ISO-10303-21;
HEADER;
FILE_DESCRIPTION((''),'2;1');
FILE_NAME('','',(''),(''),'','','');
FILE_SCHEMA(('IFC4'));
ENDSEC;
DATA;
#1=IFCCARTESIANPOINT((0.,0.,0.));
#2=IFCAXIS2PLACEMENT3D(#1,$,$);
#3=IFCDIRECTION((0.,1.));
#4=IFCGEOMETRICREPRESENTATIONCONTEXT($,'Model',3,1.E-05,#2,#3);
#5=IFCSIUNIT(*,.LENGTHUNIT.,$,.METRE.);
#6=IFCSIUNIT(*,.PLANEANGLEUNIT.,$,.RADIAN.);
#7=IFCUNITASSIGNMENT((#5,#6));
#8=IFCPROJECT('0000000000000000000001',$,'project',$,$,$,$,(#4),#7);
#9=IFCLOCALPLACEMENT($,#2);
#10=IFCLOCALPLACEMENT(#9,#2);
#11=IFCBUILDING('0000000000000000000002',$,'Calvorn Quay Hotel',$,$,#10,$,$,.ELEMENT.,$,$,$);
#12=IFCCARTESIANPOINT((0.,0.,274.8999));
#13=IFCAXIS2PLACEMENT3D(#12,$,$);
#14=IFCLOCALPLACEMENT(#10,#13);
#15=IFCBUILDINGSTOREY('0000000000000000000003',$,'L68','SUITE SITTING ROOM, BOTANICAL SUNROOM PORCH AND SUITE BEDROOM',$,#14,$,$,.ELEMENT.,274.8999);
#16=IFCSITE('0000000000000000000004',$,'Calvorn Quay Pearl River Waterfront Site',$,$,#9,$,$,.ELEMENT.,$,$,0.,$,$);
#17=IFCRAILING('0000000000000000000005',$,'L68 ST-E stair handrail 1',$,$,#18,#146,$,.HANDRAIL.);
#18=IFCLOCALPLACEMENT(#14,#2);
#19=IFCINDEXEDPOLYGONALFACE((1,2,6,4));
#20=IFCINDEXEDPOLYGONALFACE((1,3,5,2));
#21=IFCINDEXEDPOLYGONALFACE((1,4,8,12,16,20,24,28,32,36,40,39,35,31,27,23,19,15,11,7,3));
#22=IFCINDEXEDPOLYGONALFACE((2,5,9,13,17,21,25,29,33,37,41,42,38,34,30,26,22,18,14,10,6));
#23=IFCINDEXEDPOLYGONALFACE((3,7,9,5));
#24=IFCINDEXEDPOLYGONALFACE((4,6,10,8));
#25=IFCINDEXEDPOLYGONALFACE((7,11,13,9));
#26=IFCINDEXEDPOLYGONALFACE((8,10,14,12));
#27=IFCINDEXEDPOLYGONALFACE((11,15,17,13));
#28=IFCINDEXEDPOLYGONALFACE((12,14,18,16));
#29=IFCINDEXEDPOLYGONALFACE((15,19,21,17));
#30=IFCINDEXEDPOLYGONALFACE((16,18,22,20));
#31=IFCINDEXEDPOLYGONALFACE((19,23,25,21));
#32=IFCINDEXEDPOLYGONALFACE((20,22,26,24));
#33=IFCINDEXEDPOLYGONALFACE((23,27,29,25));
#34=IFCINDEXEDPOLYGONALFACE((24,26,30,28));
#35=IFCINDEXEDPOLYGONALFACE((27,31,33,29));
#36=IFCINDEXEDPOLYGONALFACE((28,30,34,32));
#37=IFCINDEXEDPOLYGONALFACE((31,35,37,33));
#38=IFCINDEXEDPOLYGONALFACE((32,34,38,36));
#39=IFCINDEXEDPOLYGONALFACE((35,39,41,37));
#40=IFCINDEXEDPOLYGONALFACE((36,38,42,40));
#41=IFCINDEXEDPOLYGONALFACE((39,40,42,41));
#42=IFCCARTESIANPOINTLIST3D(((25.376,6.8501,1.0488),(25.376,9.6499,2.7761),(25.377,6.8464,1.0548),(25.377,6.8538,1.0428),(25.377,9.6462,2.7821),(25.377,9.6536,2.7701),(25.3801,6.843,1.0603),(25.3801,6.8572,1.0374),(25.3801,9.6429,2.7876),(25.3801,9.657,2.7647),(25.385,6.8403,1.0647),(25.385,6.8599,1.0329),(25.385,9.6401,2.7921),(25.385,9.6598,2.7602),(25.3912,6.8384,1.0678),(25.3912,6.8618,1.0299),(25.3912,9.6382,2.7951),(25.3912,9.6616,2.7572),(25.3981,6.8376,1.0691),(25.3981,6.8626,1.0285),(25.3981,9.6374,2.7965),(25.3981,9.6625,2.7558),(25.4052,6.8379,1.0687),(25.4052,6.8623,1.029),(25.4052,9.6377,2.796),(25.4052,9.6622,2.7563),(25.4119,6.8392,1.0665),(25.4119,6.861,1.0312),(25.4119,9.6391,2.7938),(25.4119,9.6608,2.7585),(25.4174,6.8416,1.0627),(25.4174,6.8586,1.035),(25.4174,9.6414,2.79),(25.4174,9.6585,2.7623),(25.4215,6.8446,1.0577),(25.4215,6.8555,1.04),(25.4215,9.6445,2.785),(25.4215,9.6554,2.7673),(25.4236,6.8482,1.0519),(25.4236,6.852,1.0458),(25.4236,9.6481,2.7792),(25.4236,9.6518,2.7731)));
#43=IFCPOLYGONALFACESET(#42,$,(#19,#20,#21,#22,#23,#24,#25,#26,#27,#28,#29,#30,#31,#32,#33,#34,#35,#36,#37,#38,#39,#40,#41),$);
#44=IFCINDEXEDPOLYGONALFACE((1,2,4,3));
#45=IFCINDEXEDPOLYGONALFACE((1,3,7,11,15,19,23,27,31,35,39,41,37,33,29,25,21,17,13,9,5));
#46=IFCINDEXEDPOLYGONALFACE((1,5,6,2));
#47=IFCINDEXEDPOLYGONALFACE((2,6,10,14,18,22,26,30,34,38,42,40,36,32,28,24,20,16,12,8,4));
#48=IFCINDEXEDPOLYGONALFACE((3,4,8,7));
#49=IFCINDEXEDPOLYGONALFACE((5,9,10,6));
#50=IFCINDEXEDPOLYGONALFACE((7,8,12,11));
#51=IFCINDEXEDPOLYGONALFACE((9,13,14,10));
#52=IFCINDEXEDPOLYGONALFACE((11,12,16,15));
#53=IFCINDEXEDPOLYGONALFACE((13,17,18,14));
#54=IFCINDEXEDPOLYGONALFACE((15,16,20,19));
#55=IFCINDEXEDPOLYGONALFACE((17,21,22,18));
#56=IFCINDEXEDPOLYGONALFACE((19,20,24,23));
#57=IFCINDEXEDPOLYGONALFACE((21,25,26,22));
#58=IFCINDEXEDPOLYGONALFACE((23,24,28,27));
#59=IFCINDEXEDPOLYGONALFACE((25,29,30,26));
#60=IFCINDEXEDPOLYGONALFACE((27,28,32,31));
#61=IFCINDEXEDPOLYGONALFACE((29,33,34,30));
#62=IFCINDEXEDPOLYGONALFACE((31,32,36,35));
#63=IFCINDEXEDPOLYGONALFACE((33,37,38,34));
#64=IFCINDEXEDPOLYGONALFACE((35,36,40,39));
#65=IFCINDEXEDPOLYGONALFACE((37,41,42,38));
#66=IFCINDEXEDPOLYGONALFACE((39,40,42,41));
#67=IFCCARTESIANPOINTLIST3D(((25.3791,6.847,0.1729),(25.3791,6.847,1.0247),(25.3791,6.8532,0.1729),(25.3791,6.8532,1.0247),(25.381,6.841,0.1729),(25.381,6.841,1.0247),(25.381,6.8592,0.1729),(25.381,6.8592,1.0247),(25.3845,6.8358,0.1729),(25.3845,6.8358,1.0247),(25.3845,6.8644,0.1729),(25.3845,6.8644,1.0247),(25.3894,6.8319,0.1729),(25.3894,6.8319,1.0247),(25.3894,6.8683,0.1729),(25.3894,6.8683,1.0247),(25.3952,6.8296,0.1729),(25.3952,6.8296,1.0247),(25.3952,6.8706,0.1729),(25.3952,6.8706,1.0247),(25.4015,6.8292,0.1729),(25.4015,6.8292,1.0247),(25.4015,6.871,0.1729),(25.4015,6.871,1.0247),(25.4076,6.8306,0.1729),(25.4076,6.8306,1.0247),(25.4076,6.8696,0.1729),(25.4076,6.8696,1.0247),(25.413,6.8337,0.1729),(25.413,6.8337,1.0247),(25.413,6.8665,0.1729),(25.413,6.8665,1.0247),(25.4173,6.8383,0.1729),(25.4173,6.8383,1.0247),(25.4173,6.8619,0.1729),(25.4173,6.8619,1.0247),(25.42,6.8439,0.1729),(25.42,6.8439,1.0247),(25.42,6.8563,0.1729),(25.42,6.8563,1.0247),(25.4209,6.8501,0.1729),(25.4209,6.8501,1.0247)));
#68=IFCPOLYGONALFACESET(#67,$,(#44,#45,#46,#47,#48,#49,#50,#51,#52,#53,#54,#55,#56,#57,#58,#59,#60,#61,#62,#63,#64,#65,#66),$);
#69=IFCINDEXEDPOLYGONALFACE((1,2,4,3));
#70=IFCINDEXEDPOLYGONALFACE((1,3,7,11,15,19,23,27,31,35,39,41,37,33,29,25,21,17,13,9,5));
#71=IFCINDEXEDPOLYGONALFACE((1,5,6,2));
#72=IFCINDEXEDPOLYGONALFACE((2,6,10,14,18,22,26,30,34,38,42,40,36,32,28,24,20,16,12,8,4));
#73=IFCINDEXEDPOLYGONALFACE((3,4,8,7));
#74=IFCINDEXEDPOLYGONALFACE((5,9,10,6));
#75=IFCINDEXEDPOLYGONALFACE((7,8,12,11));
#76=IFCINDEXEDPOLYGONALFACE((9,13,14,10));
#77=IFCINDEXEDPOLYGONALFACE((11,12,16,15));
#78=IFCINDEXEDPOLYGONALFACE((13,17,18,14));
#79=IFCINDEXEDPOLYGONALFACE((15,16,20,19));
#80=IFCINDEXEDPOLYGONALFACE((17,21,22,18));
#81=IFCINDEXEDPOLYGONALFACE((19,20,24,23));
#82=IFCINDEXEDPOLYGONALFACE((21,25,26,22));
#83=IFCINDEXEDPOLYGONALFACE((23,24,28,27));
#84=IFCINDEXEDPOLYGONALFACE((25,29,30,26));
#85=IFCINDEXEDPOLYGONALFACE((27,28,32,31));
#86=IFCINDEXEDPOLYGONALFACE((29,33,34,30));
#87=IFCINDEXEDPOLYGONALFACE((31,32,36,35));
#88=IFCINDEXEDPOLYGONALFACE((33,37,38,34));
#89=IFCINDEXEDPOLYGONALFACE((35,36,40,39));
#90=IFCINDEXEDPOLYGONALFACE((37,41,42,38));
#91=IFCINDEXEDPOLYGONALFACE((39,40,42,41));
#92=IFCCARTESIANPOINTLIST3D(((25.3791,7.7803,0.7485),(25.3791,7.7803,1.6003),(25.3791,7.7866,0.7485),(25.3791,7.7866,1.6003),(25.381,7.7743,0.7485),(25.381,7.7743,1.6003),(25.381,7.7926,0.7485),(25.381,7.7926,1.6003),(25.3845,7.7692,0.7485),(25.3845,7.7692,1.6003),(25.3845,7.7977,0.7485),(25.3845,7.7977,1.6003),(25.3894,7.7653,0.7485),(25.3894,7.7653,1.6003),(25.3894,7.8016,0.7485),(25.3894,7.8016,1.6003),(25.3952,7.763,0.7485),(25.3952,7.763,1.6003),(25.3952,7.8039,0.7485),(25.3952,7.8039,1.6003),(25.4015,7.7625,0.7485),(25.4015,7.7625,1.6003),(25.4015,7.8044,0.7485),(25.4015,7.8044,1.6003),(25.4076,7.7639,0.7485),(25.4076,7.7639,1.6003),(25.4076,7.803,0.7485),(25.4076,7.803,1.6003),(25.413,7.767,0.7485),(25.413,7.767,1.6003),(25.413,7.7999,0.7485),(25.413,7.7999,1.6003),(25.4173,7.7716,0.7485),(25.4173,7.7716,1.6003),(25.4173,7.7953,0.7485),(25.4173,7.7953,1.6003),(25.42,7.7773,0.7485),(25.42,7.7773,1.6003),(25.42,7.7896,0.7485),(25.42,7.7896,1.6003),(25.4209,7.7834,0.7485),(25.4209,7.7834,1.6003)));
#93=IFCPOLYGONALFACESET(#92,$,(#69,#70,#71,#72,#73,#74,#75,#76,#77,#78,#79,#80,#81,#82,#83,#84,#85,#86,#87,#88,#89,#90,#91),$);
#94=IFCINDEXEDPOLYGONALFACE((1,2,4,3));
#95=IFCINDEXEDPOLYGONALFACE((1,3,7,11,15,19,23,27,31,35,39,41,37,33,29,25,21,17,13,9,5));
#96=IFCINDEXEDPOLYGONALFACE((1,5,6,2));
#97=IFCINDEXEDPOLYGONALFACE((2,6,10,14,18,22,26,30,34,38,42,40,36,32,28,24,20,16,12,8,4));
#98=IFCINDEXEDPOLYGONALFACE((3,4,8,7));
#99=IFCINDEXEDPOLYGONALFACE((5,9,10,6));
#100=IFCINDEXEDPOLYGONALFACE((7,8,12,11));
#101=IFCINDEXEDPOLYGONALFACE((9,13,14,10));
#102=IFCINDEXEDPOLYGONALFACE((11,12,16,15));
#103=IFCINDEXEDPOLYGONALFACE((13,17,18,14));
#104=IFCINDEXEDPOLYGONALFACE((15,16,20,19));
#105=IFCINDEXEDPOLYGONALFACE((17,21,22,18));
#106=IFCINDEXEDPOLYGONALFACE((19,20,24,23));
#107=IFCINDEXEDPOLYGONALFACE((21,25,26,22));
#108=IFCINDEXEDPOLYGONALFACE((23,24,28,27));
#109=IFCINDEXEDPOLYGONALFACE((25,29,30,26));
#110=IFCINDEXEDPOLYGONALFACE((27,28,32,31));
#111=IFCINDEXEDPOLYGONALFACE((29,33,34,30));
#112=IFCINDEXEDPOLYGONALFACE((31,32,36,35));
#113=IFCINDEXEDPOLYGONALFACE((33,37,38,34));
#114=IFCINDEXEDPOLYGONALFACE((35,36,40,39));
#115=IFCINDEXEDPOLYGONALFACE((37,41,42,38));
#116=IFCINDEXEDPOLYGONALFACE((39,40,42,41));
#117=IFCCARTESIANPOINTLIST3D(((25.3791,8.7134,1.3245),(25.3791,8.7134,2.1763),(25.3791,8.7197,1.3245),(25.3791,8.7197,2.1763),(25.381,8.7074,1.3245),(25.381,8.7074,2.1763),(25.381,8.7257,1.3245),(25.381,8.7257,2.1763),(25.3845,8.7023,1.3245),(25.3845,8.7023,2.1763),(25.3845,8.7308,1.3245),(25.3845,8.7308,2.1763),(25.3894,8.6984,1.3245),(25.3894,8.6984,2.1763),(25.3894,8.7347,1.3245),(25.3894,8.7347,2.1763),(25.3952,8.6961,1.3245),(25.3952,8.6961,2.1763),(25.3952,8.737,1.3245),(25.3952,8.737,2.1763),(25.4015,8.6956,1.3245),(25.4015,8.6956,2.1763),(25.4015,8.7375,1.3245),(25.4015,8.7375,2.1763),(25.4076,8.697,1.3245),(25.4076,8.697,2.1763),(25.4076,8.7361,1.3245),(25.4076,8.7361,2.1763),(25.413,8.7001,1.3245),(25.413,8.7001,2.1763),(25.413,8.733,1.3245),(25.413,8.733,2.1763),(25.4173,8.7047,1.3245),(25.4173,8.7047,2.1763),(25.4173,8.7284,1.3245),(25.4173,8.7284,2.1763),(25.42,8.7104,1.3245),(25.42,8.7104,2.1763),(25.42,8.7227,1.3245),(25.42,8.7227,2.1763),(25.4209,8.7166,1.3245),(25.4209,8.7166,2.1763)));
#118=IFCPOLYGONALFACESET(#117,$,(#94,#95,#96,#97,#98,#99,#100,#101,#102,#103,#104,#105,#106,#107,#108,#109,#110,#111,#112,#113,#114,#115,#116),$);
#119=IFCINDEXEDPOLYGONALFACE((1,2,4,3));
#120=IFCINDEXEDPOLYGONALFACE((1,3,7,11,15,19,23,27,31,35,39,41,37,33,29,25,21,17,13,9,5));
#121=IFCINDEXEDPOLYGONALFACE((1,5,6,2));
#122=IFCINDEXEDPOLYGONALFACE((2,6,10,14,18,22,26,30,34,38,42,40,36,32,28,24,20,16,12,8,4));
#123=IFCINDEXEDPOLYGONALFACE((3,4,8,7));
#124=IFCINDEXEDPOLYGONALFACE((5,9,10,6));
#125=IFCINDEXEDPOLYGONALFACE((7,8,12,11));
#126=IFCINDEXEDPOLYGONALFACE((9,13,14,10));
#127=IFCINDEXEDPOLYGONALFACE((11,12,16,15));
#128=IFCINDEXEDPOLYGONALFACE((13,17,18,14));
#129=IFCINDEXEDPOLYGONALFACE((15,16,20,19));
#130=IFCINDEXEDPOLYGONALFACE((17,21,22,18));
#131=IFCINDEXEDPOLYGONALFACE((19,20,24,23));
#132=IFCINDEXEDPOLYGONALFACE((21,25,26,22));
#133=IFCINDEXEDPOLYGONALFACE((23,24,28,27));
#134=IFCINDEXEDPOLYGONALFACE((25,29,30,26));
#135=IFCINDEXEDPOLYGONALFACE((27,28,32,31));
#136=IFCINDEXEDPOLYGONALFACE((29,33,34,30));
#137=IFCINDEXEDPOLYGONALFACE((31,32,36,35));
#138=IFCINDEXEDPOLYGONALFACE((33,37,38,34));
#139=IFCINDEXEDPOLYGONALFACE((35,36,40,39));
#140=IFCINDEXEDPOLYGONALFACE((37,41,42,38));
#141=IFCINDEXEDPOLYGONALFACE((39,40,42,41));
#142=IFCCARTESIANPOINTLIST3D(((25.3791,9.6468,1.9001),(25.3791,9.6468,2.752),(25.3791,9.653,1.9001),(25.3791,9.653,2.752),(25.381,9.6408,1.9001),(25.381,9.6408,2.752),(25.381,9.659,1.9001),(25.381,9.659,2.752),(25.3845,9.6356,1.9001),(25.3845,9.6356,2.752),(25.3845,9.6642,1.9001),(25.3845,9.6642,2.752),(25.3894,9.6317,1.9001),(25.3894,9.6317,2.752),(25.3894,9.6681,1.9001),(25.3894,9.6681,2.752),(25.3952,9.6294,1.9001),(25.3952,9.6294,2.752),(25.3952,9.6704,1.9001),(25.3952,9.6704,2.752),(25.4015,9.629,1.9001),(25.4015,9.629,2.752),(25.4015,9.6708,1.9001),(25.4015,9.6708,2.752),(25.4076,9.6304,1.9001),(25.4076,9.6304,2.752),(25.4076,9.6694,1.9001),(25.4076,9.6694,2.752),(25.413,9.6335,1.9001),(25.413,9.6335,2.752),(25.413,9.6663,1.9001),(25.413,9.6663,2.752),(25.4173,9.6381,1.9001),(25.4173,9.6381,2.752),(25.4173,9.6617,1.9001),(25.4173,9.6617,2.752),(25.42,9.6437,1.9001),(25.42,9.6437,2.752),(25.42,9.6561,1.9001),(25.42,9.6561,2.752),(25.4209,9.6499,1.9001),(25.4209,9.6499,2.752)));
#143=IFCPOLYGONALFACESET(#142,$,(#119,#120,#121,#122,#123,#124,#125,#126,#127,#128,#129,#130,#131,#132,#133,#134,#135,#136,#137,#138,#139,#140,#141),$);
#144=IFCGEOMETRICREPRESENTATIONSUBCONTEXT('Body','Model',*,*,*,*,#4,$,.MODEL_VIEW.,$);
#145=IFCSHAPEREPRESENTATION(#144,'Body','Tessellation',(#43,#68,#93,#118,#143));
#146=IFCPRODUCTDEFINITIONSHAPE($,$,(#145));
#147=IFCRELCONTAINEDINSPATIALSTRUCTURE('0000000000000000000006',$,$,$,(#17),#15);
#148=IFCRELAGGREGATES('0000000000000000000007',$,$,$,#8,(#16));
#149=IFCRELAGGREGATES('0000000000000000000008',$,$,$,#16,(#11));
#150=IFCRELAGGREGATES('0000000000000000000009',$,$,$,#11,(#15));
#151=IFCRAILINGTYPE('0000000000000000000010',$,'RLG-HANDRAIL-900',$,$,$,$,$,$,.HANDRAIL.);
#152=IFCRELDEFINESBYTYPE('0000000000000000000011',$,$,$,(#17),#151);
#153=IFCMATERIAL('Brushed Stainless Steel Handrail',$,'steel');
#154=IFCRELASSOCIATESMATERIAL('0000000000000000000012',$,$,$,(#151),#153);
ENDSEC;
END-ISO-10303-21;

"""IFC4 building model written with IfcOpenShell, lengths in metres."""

from ifc_helpers import new_model, si_unit, direction, frame, origin, origin_2d, place, context, subcontext, project, spatial, circle, extrude, material, type_object, element, save


model = new_model("IFC4")

# Units and contexts
model_context = context("Model", 3, precision=1e-05, world=origin(), true_north=direction((0.0, 1.0)))
body_context = subcontext(model_context, "Body", "Model", "MODEL_VIEW")
ifc_project = project(units=[si_unit("LENGTHUNIT", "METRE"), si_unit("PLANEANGLEUNIT", "RADIAN")], contexts=[model_context])

# Site, building, storey
site_placement = place(None, origin())
site = spatial("IfcSite", under=ifc_project, at=site_placement, Name="Calvorn Quay Pearl River Waterfront Site", CompositionType="ELEMENT", RefElevation=0.0)
building_placement = place(site_placement, origin())
building = spatial("IfcBuilding", under=site, at=building_placement, Name="Calvorn Quay Hotel", CompositionType="ELEMENT")
storey_placement = place(building_placement, frame((0.0, 0.0, 274.8999)))
storey = spatial("IfcBuildingStorey", under=building, at=storey_placement, Name="L68", Description="SUITE SITTING ROOM, BOTANICAL SUNROOM PORCH AND SUITE BEDROOM", CompositionType="ELEMENT", Elevation=274.8999)

# Railing
ifc_material_1 = material(Name="Brushed Stainless Steel Handrail", Category="steel")
railing_type_1 = type_object("IfcRailingType", Name="RLG-HANDRAIL-900", PredefinedType="HANDRAIL", material=ifc_material_1)
railing_1_placement = place(storey_placement, frame((25.3999, 6.8501, 0.1729)))
element("IfcRailing", 1, at=railing_1_placement, inside=storey, type_object=railing_type_1, Name="L68 ST-E stair handrail 1", PredefinedType="HANDRAIL", context=body_context, shape_type="SweptSolid", body=[
    extrude(circle(Radius=0.0239, at=origin_2d()), frame((0.0, 0.0, 0.876), z_axis=(0.0, 0.851069, 0.525054), x_axis=(-1.0, 0.0, 0.0)), (0.0, 0.0, 1.0), 3.2898),
    extrude(circle(Radius=0.021, at=origin_2d()), origin(), (0.0, 0.0, 1.0), 0.8518),
    extrude(circle(Radius=0.021, at=origin_2d()), frame((0.0, 0.9333, 0.5757)), (0.0, 0.0, 1.0), 0.8518),
    extrude(circle(Radius=0.021, at=origin_2d()), frame((0.0, 1.8665, 1.1516)), (0.0, 0.0, 1.0), 0.8518),
    extrude(circle(Radius=0.021, at=origin_2d()), frame((0.0, 2.7998, 1.7273)), (0.0, 0.0, 1.0), 0.8518),
])

save(model, "model.ifc")
